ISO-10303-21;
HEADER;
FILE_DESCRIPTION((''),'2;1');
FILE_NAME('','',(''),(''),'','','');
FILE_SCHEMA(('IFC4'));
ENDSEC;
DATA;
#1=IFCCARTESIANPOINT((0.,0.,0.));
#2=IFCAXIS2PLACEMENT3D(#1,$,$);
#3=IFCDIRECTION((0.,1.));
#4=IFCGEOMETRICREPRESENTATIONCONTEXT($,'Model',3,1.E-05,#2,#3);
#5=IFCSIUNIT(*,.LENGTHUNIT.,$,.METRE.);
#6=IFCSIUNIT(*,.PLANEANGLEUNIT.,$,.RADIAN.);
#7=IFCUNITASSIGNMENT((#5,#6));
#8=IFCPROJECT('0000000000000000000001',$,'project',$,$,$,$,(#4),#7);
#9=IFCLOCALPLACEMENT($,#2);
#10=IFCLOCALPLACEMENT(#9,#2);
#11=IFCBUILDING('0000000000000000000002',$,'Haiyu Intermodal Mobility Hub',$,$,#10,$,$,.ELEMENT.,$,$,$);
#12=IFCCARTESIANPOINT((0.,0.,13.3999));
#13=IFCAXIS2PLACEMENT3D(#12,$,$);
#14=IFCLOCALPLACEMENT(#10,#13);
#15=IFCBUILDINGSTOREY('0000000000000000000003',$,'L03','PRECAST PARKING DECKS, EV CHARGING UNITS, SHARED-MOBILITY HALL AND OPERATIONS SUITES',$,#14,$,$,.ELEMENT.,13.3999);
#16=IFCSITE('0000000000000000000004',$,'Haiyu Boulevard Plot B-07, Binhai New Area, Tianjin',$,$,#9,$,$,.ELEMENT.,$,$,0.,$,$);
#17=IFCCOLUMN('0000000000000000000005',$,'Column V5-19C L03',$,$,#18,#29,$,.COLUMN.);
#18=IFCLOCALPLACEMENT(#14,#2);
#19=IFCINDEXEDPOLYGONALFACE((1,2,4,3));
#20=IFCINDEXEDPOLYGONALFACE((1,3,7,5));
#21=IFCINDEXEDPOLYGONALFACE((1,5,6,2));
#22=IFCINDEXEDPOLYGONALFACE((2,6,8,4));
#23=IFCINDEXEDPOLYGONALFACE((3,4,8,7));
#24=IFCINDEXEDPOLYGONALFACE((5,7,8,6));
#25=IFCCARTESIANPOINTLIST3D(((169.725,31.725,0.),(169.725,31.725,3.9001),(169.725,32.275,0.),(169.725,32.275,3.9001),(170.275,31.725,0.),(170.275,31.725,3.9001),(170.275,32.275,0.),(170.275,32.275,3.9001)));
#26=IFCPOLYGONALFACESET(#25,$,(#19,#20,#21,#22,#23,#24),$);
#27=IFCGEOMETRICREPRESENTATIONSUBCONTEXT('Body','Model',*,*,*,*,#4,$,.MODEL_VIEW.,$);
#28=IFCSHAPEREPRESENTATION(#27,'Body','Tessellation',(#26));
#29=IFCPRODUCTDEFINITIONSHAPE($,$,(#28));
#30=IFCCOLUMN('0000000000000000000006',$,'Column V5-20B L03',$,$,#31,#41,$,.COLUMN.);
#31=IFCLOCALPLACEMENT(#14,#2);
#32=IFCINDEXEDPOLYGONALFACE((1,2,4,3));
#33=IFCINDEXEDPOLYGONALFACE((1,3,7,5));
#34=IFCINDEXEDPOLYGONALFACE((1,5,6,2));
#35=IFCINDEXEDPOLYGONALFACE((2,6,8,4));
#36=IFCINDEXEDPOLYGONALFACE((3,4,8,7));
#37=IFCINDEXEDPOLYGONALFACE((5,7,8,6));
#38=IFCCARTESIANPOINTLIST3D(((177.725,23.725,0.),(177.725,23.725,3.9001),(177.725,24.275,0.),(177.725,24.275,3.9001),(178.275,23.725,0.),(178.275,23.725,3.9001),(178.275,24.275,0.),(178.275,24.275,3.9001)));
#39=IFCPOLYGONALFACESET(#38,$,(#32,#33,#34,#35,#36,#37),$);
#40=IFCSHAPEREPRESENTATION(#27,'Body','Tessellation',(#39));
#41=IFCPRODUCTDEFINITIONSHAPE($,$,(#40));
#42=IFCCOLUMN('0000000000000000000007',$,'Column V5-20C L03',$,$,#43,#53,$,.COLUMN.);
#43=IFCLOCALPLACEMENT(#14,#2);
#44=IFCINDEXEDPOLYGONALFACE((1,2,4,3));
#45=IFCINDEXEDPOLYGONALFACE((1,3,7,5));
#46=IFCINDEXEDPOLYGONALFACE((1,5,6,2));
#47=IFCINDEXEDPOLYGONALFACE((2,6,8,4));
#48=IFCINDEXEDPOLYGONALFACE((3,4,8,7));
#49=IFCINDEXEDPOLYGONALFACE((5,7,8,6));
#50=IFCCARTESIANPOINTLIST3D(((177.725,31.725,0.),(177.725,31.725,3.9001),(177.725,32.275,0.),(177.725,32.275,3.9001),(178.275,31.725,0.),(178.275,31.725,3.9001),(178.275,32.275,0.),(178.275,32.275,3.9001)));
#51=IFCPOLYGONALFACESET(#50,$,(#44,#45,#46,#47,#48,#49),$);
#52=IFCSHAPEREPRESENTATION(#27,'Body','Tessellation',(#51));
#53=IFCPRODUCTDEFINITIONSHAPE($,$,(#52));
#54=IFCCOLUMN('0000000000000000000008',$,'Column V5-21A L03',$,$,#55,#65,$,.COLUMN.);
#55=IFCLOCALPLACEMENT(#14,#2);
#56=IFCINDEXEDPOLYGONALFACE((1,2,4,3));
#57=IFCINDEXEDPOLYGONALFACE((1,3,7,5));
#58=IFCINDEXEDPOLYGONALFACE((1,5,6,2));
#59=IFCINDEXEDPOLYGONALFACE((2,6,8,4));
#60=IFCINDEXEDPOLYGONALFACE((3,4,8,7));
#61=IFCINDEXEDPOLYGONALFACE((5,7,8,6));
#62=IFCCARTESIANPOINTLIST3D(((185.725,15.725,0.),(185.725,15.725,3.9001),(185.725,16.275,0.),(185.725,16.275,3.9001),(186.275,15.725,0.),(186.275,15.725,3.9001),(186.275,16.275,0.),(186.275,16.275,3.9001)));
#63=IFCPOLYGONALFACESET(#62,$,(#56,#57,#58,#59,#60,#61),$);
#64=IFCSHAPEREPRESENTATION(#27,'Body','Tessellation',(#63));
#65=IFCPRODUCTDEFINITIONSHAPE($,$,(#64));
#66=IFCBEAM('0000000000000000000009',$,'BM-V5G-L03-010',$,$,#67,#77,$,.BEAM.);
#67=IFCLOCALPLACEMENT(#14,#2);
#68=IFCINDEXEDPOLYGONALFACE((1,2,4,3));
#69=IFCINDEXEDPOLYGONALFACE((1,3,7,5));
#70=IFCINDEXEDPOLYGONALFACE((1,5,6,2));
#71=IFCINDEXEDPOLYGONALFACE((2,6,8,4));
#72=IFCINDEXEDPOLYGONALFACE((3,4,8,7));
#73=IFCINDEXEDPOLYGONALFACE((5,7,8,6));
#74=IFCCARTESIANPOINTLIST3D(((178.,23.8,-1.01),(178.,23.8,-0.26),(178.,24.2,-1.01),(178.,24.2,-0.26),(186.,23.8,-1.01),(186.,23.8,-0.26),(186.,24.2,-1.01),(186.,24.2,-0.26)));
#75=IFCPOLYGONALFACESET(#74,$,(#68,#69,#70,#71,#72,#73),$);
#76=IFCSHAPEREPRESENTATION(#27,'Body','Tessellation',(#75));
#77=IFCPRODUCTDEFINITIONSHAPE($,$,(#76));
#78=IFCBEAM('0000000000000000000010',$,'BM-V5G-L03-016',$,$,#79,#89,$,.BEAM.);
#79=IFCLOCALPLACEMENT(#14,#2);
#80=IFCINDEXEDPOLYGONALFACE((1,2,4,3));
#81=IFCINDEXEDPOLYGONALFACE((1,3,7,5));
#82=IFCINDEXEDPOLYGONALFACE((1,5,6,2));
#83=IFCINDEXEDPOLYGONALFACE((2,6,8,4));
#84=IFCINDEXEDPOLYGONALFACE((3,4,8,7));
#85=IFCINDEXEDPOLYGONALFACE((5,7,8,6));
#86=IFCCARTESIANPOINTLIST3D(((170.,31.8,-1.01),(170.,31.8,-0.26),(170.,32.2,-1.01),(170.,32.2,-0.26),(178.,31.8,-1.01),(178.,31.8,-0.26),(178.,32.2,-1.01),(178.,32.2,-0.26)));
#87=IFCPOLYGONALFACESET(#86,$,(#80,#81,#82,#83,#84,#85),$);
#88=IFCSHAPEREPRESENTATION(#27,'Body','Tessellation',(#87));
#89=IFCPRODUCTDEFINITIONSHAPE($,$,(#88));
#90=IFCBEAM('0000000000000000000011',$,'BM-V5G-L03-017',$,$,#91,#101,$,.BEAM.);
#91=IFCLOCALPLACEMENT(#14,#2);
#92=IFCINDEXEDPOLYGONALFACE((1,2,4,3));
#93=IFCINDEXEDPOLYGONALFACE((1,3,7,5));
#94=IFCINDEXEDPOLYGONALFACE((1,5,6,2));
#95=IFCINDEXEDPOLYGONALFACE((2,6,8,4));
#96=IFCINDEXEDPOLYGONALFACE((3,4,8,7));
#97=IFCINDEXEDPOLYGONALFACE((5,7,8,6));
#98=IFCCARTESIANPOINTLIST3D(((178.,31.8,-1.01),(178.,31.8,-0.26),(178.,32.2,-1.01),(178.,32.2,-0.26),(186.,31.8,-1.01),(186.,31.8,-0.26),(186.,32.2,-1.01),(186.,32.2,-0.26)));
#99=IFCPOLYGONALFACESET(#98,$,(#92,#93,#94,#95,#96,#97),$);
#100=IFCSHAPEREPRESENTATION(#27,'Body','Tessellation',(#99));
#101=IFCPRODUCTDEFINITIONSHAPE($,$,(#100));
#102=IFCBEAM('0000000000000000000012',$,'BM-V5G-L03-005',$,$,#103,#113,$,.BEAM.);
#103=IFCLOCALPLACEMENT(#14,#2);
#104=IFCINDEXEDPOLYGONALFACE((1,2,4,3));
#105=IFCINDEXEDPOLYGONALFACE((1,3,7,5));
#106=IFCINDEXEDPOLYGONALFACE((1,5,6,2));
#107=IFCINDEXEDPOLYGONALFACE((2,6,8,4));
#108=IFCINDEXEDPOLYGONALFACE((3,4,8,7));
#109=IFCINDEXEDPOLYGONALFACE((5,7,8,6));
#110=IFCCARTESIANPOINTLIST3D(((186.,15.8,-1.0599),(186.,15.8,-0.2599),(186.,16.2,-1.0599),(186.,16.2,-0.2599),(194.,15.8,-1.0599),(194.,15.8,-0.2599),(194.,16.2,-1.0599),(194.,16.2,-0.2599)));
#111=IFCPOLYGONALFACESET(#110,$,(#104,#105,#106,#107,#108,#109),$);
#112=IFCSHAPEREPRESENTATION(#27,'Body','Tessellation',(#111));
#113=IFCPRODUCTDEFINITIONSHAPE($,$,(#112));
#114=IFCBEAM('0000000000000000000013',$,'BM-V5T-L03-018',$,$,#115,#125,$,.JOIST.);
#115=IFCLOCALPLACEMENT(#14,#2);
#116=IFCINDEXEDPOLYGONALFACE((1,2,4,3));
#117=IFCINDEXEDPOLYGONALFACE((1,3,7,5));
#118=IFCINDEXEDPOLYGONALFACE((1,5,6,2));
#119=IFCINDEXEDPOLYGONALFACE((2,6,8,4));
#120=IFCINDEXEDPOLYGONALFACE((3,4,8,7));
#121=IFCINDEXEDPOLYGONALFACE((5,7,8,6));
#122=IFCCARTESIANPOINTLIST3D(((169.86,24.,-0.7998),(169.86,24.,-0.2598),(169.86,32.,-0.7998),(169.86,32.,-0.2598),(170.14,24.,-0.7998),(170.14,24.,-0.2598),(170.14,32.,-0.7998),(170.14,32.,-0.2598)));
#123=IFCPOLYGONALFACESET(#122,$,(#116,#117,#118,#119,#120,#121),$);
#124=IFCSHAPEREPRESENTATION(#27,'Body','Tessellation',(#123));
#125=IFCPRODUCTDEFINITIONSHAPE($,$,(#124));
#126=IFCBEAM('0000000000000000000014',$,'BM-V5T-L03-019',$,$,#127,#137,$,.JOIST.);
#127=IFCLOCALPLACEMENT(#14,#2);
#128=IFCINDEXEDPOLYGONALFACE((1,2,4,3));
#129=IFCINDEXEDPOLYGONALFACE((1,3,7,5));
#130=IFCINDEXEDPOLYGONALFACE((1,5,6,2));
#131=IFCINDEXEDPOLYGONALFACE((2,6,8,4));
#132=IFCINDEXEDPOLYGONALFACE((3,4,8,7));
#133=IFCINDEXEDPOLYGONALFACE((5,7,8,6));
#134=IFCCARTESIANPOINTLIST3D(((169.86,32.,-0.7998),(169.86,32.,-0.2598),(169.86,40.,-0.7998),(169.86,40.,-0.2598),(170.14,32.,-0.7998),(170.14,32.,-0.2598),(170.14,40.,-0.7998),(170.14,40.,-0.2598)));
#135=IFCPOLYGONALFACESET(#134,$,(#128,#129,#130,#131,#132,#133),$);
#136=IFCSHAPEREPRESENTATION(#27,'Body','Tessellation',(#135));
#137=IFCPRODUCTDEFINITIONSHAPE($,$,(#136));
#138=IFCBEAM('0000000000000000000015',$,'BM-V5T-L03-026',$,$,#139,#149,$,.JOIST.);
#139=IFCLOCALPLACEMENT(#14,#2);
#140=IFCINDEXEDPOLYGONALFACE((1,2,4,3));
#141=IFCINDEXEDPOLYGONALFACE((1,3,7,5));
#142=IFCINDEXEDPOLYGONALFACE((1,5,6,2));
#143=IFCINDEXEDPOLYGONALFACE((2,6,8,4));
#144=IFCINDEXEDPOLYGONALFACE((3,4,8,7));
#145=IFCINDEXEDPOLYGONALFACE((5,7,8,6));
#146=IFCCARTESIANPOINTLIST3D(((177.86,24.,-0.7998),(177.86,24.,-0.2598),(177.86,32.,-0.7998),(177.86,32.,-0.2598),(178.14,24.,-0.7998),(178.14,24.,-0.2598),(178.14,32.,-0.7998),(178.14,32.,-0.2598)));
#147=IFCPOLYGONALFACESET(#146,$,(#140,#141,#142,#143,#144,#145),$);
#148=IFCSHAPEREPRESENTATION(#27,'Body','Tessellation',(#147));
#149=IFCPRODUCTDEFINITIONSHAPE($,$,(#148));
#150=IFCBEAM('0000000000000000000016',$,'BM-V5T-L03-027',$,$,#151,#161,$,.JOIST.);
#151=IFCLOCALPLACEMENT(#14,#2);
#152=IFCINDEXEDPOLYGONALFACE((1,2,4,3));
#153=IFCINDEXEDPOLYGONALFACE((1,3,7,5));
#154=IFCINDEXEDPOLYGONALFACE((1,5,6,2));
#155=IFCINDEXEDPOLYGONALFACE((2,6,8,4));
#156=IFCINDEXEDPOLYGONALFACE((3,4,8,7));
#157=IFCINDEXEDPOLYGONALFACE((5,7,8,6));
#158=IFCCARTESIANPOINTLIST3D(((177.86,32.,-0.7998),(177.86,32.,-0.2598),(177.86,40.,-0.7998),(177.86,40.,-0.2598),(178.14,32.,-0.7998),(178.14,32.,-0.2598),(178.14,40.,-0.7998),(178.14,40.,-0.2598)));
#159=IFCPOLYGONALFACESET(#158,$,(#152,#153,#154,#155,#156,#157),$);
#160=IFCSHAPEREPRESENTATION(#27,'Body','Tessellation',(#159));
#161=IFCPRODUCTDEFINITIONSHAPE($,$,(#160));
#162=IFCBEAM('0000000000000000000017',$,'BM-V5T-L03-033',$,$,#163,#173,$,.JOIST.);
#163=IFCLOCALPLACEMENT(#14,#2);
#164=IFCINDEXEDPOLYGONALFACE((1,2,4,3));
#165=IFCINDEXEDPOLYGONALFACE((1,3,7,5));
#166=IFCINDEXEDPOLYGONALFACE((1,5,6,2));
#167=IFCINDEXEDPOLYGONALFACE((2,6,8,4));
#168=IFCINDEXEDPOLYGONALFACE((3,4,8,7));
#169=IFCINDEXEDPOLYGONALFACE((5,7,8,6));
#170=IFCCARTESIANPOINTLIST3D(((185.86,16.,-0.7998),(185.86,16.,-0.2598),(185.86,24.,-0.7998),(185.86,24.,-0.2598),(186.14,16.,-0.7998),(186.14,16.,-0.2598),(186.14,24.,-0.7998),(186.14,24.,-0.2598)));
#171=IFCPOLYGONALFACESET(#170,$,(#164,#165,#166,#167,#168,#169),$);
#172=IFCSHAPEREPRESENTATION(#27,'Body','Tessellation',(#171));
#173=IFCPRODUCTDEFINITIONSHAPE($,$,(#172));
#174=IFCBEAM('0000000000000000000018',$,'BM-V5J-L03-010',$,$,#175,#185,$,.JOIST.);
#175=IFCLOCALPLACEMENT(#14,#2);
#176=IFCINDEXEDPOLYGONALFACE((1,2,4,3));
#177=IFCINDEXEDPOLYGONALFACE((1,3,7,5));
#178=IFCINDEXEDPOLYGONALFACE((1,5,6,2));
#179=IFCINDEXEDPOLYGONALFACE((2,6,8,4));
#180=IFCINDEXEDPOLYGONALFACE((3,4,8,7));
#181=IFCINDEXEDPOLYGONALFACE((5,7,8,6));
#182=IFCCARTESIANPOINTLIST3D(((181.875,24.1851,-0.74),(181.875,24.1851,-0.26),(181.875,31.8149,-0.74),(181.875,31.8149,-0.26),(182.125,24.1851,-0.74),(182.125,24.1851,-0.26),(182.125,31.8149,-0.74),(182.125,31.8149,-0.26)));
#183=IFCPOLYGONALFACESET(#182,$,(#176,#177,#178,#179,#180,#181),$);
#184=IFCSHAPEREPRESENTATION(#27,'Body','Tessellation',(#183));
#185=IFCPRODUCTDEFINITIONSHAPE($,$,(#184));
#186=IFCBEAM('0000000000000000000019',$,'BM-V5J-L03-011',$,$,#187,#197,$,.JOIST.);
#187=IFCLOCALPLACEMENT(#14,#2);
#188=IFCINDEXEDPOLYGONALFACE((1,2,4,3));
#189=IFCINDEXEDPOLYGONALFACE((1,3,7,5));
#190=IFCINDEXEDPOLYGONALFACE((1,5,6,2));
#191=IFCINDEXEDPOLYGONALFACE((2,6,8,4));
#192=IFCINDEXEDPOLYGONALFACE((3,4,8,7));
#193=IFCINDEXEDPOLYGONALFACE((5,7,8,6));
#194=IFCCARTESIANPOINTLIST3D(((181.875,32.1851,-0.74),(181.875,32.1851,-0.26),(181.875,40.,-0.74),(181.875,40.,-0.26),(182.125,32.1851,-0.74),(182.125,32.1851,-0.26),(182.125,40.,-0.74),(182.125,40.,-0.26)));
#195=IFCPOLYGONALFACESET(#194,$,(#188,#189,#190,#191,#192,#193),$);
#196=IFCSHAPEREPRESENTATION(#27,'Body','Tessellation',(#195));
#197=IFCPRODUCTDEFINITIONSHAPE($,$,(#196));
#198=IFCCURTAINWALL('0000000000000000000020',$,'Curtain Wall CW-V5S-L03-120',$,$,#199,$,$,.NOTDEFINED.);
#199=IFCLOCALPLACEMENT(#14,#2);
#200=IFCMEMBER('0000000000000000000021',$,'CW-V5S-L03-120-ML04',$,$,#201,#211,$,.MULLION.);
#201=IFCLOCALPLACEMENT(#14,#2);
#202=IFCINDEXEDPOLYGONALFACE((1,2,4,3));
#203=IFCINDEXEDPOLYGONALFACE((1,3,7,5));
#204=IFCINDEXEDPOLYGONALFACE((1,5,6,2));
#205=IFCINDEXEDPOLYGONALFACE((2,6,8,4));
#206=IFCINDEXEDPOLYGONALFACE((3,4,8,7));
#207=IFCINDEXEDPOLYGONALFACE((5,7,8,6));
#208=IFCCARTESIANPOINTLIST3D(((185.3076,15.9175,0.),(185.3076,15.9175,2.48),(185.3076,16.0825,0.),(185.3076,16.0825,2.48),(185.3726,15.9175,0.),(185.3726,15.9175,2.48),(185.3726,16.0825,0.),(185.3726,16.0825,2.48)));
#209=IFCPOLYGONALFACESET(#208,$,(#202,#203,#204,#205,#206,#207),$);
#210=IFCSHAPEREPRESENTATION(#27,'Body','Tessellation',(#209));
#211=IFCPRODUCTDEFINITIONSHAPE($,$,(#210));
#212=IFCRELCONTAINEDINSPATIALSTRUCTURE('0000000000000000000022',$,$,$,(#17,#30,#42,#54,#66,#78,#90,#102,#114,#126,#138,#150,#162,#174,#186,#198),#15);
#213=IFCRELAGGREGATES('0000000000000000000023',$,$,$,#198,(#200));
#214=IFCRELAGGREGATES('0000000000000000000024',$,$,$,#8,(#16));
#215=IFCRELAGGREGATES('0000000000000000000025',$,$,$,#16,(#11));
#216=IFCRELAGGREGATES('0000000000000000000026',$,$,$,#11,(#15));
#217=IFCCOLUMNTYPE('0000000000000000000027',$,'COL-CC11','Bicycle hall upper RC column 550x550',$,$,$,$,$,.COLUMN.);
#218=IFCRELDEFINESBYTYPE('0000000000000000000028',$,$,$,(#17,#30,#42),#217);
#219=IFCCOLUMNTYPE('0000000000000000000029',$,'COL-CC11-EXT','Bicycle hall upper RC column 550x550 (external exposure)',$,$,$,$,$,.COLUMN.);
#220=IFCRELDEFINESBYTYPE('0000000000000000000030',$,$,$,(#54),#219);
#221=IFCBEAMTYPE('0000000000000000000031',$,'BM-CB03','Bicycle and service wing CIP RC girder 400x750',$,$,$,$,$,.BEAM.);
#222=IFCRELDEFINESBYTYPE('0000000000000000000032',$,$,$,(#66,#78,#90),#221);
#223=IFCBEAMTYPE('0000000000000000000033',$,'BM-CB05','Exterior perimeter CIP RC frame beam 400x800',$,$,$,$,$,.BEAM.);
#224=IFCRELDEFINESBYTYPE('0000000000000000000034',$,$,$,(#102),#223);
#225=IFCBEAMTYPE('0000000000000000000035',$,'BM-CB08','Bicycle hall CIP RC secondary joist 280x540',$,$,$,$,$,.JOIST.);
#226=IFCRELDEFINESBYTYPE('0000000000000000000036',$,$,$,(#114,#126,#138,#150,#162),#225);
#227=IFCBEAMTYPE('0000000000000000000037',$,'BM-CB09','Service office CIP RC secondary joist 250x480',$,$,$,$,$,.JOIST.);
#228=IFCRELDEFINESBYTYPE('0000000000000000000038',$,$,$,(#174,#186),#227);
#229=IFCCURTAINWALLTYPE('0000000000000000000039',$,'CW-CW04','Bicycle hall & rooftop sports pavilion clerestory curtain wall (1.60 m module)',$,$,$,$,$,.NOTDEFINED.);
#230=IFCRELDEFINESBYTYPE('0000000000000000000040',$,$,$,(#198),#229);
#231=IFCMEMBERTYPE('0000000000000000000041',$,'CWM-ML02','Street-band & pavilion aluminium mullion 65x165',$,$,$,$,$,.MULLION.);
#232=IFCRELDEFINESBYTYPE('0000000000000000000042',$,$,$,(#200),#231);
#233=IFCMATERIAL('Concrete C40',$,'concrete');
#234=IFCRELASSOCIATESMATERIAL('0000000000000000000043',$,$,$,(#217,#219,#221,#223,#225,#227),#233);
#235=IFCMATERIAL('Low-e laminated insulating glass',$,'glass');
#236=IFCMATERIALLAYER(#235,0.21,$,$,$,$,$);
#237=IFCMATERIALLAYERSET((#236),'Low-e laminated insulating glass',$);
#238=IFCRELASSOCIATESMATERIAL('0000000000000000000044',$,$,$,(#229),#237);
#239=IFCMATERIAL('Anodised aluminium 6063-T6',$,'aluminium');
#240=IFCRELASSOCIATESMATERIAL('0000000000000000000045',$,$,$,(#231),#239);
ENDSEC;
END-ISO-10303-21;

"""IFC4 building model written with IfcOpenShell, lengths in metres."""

from ifc_helpers import new_model, si_unit, direction, frame, origin, origin_2d, place, context, subcontext, project, spatial, rectangle, extrude, material, layer, layer_set, material_profile, profile_set, type_object, element, aggregate, save


model = new_model("IFC4")

# Units and contexts
model_context = context("Model", 3, precision=1e-05, world=origin(), true_north=direction((0.0, 1.0)))
body_context = subcontext(model_context, "Body", "Model", "MODEL_VIEW")
ifc_project = project(units=[si_unit("LENGTHUNIT", "METRE"), si_unit("PLANEANGLEUNIT", "RADIAN")], contexts=[model_context])

# Site, building, storey
site_placement = place(None, origin())
site = spatial("IfcSite", under=ifc_project, at=site_placement, Name="Haiyu Boulevard Plot B-07, Binhai New Area, Tianjin", CompositionType="ELEMENT", RefElevation=0.0)
building_placement = place(site_placement, origin())
building = spatial("IfcBuilding", under=site, at=building_placement, Name="Haiyu Intermodal Mobility Hub", CompositionType="ELEMENT")
storey_placement = place(building_placement, frame((0.0, 0.0, 13.3999)))
storey = spatial("IfcBuildingStorey", under=building, at=storey_placement, Name="L03", Description="PRECAST PARKING DECKS, EV CHARGING UNITS, SHARED-MOBILITY HALL AND OPERATIONS SUITES", CompositionType="ELEMENT", Elevation=13.3999)

# Columns
ifc_material_1 = material(Name="Concrete C40", Category="concrete")
ifc_material_profile_1 = material_profile(ifc_material_1, rectangle(XDim=0.55, YDim=0.55, at=origin_2d()), Name="RC550x550")
ifc_profile_set_1 = profile_set([ifc_material_profile_1], Name="Concrete C40")
column_type_1 = type_object("IfcColumnType", Name="COL-CC11", Description="Bicycle hall upper RC column 550x550", PredefinedType="COLUMN", material=ifc_profile_set_1)
for number, where, z_axis, x_axis, name in (
    (1, (170.0, 32.0, 0.0), (0.0, 0.0, 1.0), (1.0, 0.0, 0.0), "Column V5-19C L03"),
    (2, (178.0, 24.0, 0.0), (0.0, 0.0, 1.0), (1.0, 0.0, 0.0), "Column V5-20B L03"),
    (3, (178.0, 32.0, 0.0), (0.0, 0.0, 1.0), (1.0, 0.0, 0.0), "Column V5-20C L03"),
):
    element("IfcColumn", number, at=place(storey_placement, frame(where, z_axis=z_axis, x_axis=x_axis)), inside=storey, type_object=column_type_1, Name=name, PredefinedType="COLUMN", context=body_context, shape_type="SweptSolid", body=[
        extrude(rectangle(XDim=0.55, YDim=0.55, at=origin_2d()), origin(), (0.0, 0.0, 1.0), 3.9001),
    ])
ifc_material_profile_2 = material_profile(ifc_material_1, rectangle(XDim=0.55, YDim=0.55, at=origin_2d()), Name="RC550x550")
ifc_profile_set_2 = profile_set([ifc_material_profile_2], Name="Concrete C40")
column_type_2 = type_object("IfcColumnType", Name="COL-CC11-EXT", Description="Bicycle hall upper RC column 550x550 (external exposure)", PredefinedType="COLUMN", material=ifc_profile_set_2)
column_placement = place(storey_placement, frame((186.0, 16.0, 0.0), z_axis=(0.0, 0.0, 1.0), x_axis=(1.0, 0.0, 0.0)))
element("IfcColumn", 4, at=column_placement, inside=storey, type_object=column_type_2, Name="Column V5-21A L03", PredefinedType="COLUMN", context=body_context, shape_type="SweptSolid", body=[
    extrude(rectangle(XDim=0.55, YDim=0.55, at=origin_2d()), origin(), (0.0, 0.0, 1.0), 3.9001),
])

# Beams
ifc_material_profile_3 = material_profile(ifc_material_1, rectangle(XDim=0.3999, YDim=0.75, at=origin_2d()), Name="RCB400x750")
ifc_profile_set_3 = profile_set([ifc_material_profile_3], Name="Concrete C40")
beam_type_1 = type_object("IfcBeamType", Name="BM-CB03", Description="Bicycle and service wing CIP RC girder 400x750", PredefinedType="BEAM", material=ifc_profile_set_3)
for number, where, z_axis, x_axis, name in (
    (5, (178.0, 24.0, -0.635), (1.0, 0.0, 0.0), (0.0, 1.0, 0.0), "BM-V5G-L03-010"),
    (6, (170.0, 32.0, -0.635), (1.0, 0.0, 0.0), (0.0, 1.0, 0.0), "BM-V5G-L03-016"),
    (7, (178.0, 32.0, -0.635), (1.0, 0.0, 0.0), (0.0, 1.0, 0.0), "BM-V5G-L03-017"),
):
    element("IfcBeam", number, at=place(storey_placement, frame(where, z_axis=z_axis, x_axis=x_axis)), inside=storey, type_object=beam_type_1, Name=name, PredefinedType="BEAM", context=body_context, shape_type="SweptSolid", body=[
        extrude(rectangle(XDim=0.3999, YDim=0.75, at=origin_2d()), origin(), (0.0, 0.0, 1.0), 8.0),
    ])
ifc_material_profile_4 = material_profile(ifc_material_1, rectangle(XDim=0.3999, YDim=0.8, at=origin_2d()), Name="RCB400x800")
ifc_profile_set_4 = profile_set([ifc_material_profile_4], Name="Concrete C40")
beam_type_2 = type_object("IfcBeamType", Name="BM-CB05", Description="Exterior perimeter CIP RC frame beam 400x800", PredefinedType="BEAM", material=ifc_profile_set_4)
beam_1_placement = place(storey_placement, frame((186.0, 16.0, -0.6599), z_axis=(1.0, 0.0, 0.0), x_axis=(0.0, 1.0, 0.0)))
element("IfcBeam", 8, at=beam_1_placement, inside=storey, type_object=beam_type_2, Name="BM-V5G-L03-005", PredefinedType="BEAM", context=body_context, shape_type="SweptSolid", body=[
    extrude(rectangle(XDim=0.3999, YDim=0.8, at=origin_2d()), origin(), (0.0, 0.0, 1.0), 8.0),
])
ifc_material_profile_5 = material_profile(ifc_material_1, rectangle(XDim=0.28, YDim=0.54, at=origin_2d()), Name="RCB280x540")
ifc_profile_set_5 = profile_set([ifc_material_profile_5], Name="Concrete C40")
beam_type_3 = type_object("IfcBeamType", Name="BM-CB08", Description="Bicycle hall CIP RC secondary joist 280x540", PredefinedType="JOIST", material=ifc_profile_set_5)
for number, where, z_axis, x_axis, name in (
    (9, (170.0, 24.0, -0.5298), (0.0, 1.0, 0.0), (-1.0, 0.0, 0.0), "BM-V5T-L03-018"),
    (10, (170.0, 32.0, -0.5298), (0.0, 1.0, 0.0), (-1.0, 0.0, 0.0), "BM-V5T-L03-019"),
    (11, (178.0, 24.0, -0.5298), (0.0, 1.0, 0.0), (-1.0, 0.0, 0.0), "BM-V5T-L03-026"),
    (12, (178.0, 32.0, -0.5298), (0.0, 1.0, 0.0), (-1.0, 0.0, 0.0), "BM-V5T-L03-027"),
    (13, (186.0, 16.0, -0.5298), (0.0, 1.0, 0.0), (-1.0, 0.0, 0.0), "BM-V5T-L03-033"),
):
    element("IfcBeam", number, at=place(storey_placement, frame(where, z_axis=z_axis, x_axis=x_axis)), inside=storey, type_object=beam_type_3, Name=name, PredefinedType="JOIST", context=body_context, shape_type="SweptSolid", body=[
        extrude(rectangle(XDim=0.28, YDim=0.54, at=origin_2d()), origin(), (0.0, 0.0, 1.0), 8.0),
    ])
ifc_material_profile_6 = material_profile(ifc_material_1, rectangle(XDim=0.25, YDim=0.48, at=origin_2d()), Name="RCB250x480")
ifc_profile_set_6 = profile_set([ifc_material_profile_6], Name="Concrete C40")
beam_type_4 = type_object("IfcBeamType", Name="BM-CB09", Description="Service office CIP RC secondary joist 250x480", PredefinedType="JOIST", material=ifc_profile_set_6)
beam_2_placement = place(storey_placement, frame((182.0, 24.1851, -0.5), z_axis=(0.0, 1.0, 0.0), x_axis=(-1.0, 0.0, 0.0)))
element("IfcBeam", 14, at=beam_2_placement, inside=storey, type_object=beam_type_4, Name="BM-V5J-L03-010", PredefinedType="JOIST", context=body_context, shape_type="SweptSolid", body=[
    extrude(rectangle(XDim=0.25, YDim=0.48, at=origin_2d()), origin(), (0.0, 0.0, 1.0), 7.6299),
])
beam_3_placement = place(storey_placement, frame((182.0, 32.1851, -0.5), z_axis=(0.0, 1.0, 0.0), x_axis=(-1.0, 0.0, 0.0)))
element("IfcBeam", 15, at=beam_3_placement, inside=storey, type_object=beam_type_4, Name="BM-V5J-L03-011", PredefinedType="JOIST", context=body_context, shape_type="SweptSolid", body=[
    extrude(rectangle(XDim=0.25, YDim=0.48, at=origin_2d()), origin(), (0.0, 0.0, 1.0), 7.8149),
])

# Curtain wall, member
ifc_material_2 = material(Name="Low-e laminated insulating glass", Category="glass")
ifc_layer_1 = layer(ifc_material_2, 0.21)
ifc_layer_set_1 = layer_set([ifc_layer_1], Name="Low-e laminated insulating glass")
curtain_wall_type = type_object("IfcCurtainWallType", Name="CW-CW04", Description="Bicycle hall & rooftop sports pavilion clerestory curtain wall (1.60 m module)", PredefinedType="NOTDEFINED", material=ifc_layer_set_1)
curtain_wall_placement = place(storey_placement, origin())
curtain_wall = element("IfcCurtainWall", 16, at=curtain_wall_placement, inside=storey, type_object=curtain_wall_type, Name="Curtain Wall CW-V5S-L03-120", PredefinedType="NOTDEFINED")
ifc_material_3 = material(Name="Anodised aluminium 6063-T6", Category="aluminium")
ifc_material_profile_7 = material_profile(ifc_material_3, rectangle(XDim=0.0649, YDim=0.165, at=origin_2d()), Name="ALU65x165")
ifc_profile_set_7 = profile_set([ifc_material_profile_7], Name="Anodised aluminium 6063-T6")
member_type = type_object("IfcMemberType", Name="CWM-ML02", Description="Street-band & pavilion aluminium mullion 65x165", PredefinedType="MULLION", material=ifc_profile_set_7)
member_placement = place(storey_placement, frame((185.3401, 16.0, 0.0), z_axis=(0.0, 0.0, 1.0), x_axis=(1.0, 0.0, 0.0)))
member = element("IfcMember", 17, at=member_placement, type_object=member_type, Name="CW-V5S-L03-120-ML04", PredefinedType="MULLION", context=body_context, shape_type="SweptSolid", body=[
    extrude(rectangle(XDim=0.0649, YDim=0.165, at=origin_2d()), origin(), (0.0, 0.0, 1.0), 2.48),
])
aggregate(curtain_wall, [member])

save(model, "model.ifc")
